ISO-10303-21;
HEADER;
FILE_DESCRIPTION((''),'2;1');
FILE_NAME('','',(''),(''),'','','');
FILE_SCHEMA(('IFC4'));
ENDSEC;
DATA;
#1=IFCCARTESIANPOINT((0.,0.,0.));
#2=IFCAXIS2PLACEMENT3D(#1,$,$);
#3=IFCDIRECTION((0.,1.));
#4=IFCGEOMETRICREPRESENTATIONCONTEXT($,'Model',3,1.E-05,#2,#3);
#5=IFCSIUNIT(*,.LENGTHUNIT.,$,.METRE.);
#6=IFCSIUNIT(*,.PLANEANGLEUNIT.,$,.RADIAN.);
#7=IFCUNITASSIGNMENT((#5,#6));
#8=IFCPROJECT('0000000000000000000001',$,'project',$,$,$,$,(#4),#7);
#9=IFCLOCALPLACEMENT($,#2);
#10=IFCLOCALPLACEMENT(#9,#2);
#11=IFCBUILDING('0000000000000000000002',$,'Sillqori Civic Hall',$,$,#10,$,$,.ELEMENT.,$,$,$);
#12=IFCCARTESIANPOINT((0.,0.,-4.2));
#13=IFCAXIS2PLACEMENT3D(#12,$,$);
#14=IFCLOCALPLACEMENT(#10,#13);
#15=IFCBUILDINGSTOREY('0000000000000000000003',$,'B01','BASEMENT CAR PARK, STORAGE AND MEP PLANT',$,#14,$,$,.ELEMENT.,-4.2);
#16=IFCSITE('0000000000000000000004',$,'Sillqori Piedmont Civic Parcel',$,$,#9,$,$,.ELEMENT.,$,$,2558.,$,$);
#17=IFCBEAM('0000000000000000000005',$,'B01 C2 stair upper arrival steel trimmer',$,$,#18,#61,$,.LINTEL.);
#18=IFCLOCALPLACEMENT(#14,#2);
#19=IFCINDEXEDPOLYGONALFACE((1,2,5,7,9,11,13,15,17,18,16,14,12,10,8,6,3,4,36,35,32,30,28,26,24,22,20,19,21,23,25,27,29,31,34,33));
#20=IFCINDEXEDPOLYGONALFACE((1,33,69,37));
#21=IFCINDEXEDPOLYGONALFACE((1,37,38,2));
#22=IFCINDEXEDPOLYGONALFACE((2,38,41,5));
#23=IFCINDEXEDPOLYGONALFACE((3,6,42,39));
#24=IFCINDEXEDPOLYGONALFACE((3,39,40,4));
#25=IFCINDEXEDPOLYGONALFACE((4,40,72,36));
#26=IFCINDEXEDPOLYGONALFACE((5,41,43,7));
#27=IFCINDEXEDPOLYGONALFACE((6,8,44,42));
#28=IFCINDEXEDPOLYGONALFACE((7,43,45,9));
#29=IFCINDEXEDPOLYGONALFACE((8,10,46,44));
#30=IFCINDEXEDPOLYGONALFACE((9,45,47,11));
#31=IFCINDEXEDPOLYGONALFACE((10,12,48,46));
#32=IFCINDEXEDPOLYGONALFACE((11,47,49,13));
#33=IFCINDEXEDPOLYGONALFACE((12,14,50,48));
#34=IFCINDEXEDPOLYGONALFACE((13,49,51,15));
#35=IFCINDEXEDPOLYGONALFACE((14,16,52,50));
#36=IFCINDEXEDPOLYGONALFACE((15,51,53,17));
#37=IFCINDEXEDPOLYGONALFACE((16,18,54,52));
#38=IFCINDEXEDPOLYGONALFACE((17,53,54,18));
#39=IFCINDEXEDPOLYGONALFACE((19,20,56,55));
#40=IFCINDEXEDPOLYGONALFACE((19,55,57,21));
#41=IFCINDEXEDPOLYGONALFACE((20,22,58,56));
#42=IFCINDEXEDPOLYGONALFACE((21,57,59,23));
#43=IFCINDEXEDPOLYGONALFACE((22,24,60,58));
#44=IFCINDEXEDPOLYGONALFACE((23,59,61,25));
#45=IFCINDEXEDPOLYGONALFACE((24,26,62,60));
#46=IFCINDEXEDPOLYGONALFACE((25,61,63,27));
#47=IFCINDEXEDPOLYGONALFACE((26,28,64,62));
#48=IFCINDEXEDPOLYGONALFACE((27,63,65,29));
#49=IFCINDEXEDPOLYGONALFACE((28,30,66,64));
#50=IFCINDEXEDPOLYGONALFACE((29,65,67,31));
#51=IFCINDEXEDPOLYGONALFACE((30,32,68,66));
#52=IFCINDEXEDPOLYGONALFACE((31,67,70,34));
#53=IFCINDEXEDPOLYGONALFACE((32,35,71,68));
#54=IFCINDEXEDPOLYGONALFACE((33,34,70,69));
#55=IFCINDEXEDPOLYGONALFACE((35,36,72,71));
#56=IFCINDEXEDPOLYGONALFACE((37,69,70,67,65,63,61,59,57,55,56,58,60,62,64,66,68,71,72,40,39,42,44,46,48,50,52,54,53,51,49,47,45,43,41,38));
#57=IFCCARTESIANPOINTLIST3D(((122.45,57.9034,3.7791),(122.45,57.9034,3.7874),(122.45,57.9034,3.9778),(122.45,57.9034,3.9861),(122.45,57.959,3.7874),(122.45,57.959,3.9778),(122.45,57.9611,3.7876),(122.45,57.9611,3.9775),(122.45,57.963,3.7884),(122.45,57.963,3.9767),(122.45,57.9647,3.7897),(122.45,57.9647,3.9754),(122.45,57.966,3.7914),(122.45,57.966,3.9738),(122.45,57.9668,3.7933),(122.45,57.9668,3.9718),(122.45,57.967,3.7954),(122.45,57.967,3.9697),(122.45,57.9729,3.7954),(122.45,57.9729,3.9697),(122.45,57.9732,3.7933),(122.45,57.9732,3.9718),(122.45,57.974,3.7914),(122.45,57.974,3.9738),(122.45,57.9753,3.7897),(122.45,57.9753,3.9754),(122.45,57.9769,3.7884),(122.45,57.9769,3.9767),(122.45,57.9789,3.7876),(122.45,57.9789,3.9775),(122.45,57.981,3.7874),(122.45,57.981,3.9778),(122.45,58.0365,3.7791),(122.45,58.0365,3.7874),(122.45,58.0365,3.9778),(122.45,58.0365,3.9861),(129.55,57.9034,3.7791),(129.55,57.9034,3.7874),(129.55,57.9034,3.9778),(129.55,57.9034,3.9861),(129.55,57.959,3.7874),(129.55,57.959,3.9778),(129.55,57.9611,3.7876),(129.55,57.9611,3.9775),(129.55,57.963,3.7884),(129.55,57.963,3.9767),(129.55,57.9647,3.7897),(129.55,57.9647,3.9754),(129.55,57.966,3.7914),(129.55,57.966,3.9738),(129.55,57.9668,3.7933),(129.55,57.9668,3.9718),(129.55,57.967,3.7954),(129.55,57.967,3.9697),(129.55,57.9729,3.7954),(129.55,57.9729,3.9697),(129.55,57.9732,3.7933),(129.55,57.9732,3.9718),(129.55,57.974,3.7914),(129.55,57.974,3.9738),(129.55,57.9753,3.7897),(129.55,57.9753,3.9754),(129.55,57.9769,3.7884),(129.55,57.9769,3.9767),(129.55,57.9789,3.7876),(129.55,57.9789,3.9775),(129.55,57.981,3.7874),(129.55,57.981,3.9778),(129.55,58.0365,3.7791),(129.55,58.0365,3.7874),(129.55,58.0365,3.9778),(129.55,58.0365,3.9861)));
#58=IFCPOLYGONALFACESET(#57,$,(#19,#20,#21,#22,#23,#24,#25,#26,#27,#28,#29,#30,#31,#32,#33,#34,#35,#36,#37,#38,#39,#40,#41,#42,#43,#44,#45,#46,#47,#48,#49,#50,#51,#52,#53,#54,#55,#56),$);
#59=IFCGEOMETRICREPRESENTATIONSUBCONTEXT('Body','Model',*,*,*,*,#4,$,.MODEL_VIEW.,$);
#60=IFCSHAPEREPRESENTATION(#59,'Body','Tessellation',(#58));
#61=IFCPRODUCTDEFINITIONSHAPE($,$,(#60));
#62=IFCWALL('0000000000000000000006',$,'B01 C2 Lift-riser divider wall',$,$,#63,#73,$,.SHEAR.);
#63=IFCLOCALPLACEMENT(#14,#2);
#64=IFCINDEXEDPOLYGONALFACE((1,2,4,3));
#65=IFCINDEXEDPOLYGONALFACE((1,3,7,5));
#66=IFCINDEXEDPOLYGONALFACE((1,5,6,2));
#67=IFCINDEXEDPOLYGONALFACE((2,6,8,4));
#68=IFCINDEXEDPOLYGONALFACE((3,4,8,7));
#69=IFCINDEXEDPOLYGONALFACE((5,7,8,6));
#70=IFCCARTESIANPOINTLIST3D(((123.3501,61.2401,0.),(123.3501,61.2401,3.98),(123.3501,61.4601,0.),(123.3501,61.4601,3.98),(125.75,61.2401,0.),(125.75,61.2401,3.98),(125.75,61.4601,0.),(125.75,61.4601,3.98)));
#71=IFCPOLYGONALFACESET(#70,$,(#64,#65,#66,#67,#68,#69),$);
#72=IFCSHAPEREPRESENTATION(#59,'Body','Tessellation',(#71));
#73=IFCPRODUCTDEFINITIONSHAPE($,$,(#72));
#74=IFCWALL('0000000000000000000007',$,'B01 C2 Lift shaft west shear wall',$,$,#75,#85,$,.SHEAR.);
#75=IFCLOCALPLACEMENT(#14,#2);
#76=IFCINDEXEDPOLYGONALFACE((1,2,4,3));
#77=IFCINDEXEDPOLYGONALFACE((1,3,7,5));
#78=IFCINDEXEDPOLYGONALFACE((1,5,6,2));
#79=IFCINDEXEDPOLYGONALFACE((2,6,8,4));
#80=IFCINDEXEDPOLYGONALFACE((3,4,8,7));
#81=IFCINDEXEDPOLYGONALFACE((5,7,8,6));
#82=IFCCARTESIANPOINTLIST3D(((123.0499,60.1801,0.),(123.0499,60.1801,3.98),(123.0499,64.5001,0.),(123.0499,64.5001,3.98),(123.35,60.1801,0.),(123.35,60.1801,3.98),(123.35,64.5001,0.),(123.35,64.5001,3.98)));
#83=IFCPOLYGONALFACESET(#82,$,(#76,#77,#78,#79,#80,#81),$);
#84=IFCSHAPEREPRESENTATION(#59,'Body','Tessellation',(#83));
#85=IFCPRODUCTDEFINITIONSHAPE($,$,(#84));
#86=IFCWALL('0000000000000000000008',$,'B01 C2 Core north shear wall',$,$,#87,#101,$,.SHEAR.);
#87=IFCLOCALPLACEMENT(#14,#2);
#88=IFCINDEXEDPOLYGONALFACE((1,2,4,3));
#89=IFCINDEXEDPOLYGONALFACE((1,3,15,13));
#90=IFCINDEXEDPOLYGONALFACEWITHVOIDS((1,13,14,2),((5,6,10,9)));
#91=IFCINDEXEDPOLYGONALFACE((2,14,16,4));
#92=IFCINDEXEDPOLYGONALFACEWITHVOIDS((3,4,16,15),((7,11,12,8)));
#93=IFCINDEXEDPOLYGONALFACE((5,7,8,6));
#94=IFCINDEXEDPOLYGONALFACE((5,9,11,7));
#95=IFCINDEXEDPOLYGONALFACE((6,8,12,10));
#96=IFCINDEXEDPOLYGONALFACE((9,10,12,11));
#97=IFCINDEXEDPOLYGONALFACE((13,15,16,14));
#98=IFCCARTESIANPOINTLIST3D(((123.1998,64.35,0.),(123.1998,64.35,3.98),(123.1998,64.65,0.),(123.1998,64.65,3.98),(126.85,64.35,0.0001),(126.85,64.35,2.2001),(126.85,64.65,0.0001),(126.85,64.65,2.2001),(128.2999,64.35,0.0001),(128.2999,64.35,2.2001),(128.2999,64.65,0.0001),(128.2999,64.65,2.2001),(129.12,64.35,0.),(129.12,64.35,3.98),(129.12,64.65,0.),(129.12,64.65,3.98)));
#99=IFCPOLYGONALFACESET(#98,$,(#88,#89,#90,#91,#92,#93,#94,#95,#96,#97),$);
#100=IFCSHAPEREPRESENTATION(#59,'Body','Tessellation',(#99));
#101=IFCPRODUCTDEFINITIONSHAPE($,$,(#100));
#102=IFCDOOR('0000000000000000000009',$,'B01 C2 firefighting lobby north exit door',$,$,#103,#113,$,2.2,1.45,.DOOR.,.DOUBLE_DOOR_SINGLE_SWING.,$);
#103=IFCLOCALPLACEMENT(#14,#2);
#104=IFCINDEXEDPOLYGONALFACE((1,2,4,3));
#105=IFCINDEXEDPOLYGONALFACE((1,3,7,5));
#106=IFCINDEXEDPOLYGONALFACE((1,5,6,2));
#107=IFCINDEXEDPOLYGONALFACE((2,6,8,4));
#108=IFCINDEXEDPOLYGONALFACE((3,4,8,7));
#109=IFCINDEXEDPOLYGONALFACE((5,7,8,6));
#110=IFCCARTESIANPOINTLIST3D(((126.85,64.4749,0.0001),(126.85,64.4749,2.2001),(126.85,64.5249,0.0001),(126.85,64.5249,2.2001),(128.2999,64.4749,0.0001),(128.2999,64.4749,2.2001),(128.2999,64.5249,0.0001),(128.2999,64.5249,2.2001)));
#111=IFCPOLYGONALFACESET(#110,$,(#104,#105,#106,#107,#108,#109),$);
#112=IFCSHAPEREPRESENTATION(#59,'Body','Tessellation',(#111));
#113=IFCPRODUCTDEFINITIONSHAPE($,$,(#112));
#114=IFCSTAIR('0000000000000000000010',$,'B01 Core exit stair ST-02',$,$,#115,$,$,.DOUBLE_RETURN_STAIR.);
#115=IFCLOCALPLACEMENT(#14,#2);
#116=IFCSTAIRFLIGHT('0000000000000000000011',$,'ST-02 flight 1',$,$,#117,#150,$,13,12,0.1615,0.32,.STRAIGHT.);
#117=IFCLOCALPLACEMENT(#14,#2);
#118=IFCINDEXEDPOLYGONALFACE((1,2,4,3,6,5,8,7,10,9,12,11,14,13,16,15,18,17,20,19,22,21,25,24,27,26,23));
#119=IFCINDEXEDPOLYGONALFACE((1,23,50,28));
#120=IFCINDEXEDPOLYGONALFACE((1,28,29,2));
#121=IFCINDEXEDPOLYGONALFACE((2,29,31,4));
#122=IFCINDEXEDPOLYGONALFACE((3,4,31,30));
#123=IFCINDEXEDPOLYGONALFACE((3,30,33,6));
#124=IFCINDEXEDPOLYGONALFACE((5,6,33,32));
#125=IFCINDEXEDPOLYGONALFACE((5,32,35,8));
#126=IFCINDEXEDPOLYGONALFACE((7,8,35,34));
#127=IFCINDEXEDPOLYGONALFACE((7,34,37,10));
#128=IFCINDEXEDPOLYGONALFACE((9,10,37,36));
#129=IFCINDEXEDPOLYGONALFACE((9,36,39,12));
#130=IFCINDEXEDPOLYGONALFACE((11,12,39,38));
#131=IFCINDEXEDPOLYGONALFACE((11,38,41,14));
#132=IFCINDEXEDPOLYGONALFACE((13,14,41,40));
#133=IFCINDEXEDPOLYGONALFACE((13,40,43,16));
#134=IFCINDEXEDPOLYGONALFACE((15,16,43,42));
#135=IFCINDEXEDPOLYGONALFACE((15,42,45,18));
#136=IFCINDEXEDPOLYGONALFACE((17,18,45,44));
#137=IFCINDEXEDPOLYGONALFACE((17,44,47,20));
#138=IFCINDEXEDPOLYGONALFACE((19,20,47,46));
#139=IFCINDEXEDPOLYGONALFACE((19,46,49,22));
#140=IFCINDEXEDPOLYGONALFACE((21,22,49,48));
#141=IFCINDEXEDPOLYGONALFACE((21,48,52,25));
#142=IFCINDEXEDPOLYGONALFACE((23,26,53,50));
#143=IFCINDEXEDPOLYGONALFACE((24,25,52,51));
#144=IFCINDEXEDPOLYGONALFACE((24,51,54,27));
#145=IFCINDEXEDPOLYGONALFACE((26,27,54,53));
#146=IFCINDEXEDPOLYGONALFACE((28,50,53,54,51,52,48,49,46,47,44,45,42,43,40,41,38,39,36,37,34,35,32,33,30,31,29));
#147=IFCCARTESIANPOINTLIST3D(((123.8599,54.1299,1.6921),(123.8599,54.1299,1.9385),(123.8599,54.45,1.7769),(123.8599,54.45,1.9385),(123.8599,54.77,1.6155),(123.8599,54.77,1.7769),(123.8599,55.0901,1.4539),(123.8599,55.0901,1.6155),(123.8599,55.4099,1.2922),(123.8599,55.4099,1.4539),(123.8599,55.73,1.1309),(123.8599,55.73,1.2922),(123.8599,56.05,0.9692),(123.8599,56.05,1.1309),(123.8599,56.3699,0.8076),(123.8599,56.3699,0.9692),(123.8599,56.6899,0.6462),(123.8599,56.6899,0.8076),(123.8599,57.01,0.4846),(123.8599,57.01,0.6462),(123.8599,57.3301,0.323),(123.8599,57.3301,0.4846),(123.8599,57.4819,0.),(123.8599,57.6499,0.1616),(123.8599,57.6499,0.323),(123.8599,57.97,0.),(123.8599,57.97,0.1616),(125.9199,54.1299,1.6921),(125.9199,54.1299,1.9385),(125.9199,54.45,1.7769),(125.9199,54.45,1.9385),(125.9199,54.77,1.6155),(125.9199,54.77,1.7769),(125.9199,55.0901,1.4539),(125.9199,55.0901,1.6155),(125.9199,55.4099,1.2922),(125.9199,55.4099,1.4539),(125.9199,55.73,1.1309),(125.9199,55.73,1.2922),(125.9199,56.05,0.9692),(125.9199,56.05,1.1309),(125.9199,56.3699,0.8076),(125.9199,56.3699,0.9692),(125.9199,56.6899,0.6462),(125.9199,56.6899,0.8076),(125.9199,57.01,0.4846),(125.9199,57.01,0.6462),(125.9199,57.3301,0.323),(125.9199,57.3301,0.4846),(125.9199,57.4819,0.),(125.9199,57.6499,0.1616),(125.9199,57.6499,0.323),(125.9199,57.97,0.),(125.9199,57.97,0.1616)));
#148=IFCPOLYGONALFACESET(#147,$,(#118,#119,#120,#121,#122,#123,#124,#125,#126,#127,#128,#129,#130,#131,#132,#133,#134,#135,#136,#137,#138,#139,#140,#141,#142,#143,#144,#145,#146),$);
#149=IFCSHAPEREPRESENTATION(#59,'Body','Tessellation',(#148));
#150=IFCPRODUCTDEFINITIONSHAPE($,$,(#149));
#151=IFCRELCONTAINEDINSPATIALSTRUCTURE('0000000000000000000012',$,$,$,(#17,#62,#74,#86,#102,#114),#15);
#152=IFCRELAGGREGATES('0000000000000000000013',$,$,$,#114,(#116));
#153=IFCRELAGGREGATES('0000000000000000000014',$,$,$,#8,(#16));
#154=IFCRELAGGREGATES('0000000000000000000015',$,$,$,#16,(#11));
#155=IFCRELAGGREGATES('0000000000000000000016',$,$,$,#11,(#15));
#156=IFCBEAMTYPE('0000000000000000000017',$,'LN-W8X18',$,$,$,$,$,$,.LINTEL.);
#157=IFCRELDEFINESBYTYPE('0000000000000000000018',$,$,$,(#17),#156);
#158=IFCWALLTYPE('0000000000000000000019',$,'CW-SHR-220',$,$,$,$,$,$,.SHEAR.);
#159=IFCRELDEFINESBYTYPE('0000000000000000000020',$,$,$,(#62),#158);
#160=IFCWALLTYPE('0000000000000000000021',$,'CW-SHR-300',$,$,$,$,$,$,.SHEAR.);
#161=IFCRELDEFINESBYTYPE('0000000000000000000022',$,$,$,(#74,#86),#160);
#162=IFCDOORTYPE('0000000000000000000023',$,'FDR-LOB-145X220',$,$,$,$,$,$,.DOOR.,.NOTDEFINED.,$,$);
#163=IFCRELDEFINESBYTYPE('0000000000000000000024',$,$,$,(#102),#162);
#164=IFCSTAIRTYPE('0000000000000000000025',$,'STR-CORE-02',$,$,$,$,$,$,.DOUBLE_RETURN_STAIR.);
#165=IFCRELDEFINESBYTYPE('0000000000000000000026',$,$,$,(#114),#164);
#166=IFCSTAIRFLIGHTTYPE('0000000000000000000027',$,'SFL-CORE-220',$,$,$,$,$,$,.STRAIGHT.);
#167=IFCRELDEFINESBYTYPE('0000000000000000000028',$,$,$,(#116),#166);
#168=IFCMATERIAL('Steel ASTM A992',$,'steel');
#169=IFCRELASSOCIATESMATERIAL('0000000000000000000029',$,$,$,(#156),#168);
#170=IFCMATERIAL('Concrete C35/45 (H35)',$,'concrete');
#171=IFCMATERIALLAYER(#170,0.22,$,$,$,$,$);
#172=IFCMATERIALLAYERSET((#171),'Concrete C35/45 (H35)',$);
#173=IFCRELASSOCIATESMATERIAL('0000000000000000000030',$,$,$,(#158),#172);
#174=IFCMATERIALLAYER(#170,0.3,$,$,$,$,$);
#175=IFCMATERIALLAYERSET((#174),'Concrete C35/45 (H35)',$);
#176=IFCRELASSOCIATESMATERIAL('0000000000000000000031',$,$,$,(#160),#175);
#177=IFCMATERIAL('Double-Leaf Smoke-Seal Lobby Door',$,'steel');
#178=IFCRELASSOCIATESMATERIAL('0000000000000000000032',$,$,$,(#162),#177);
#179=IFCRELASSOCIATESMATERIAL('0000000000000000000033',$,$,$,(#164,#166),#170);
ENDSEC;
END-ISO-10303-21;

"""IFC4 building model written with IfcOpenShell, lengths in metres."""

from ifc_helpers import new_model, si_unit, direction, frame, frame_2d, origin, origin_2d, place, context, subcontext, project, spatial, polyline, rectangle, i_section, outline, extrude, material, layer, layer_set, material_profile, profile_set, type_object, element, fill, aggregate, save


model = new_model("IFC4")

# Units and contexts
model_context = context("Model", 3, precision=1e-05, world=origin(), true_north=direction((0.0, 1.0)))
body_context = subcontext(model_context, "Body", "Model", "MODEL_VIEW")
ifc_project = project(units=[si_unit("LENGTHUNIT", "METRE"), si_unit("PLANEANGLEUNIT", "RADIAN")], contexts=[model_context])

# Site, building, storey
site_placement = place(None, origin())
site = spatial("IfcSite", under=ifc_project, at=site_placement, Name="Sillqori Piedmont Civic Parcel", CompositionType="ELEMENT", RefElevation=2558.0)
building_placement = place(site_placement, origin())
building = spatial("IfcBuilding", under=site, at=building_placement, Name="Sillqori Civic Hall", CompositionType="ELEMENT")
storey_placement = place(building_placement, frame((0.0, 0.0, -4.2)))
storey = spatial("IfcBuildingStorey", under=building, at=storey_placement, Name="B01", Description="BASEMENT CAR PARK, STORAGE AND MEP PLANT", CompositionType="ELEMENT", Elevation=-4.2)

# Shared definitions
ifc_material_1 = material(Name="Concrete C35/45 (H35)", Category="concrete")

# Beam
ifc_material_2 = material(Name="Steel ASTM A992", Category="steel")
ifc_material_profile_1 = material_profile(ifc_material_2, i_section(OverallWidth=0.1331, OverallDepth=0.207, WebThickness=0.0059, FlangeThickness=0.0083, FilletRadius=0.0081, at=origin_2d()), Name="W8X18")
ifc_profile_set_1 = profile_set([ifc_material_profile_1], Name="Steel ASTM A992")
beam_type_1 = type_object("IfcBeamType", Name="LN-W8X18", PredefinedType="LINTEL", material=ifc_profile_set_1)
beam_1_placement = place(storey_placement, frame((122.45, 57.97, 3.8826), z_axis=(1.0, 0.0, 0.0), x_axis=(0.0, 1.0, 0.0)))
element("IfcBeam", 1, at=beam_1_placement, inside=storey, type_object=beam_type_1, Name="B01 C2 stair upper arrival steel trimmer", PredefinedType="LINTEL", context=body_context, shape_type="SweptSolid", body=[
    extrude(i_section(OverallWidth=0.1331, OverallDepth=0.207, WebThickness=0.0059, FlangeThickness=0.0083, FilletRadius=0.0081, at=origin_2d()), origin(), (0.0, 0.0, 1.0), 7.1001),
])

# Wall
ifc_layer_1 = layer(ifc_material_1, 0.22)
ifc_layer_set_1 = layer_set([ifc_layer_1], Name="Concrete C35/45 (H35)")
wall_type_1 = type_object("IfcWallType", Name="CW-SHR-220", PredefinedType="SHEAR", material=ifc_layer_set_1)
wall_1_placement = place(storey_placement, frame((123.3501, 61.3501, 0.0), z_axis=(0.0, 0.0, 1.0), x_axis=(1.0, 0.0, 0.0)))
element("IfcWall", 2, at=wall_1_placement, inside=storey, type_object=wall_type_1, Name="B01 C2 Lift-riser divider wall", PredefinedType="SHEAR", context=body_context, shape_type="SweptSolid", body=[
    extrude(rectangle(XDim=2.3999, YDim=0.22, at=frame_2d((1.2, 0.0))), origin(), (0.0, 0.0, 1.0), 3.98),
])

# Wall
ifc_layer_2 = layer(ifc_material_1, 0.3)
ifc_layer_set_2 = layer_set([ifc_layer_2], Name="Concrete C35/45 (H35)")
wall_type_2 = type_object("IfcWallType", Name="CW-SHR-300", PredefinedType="SHEAR", material=ifc_layer_set_2)
wall_2_placement = place(storey_placement, frame((123.2, 60.1799, 0.0), z_axis=(0.0, 0.0, 1.0), x_axis=(0.0, 1.0, 0.0)))
element("IfcWall", 3, at=wall_2_placement, inside=storey, type_object=wall_type_2, Name="B01 C2 Lift shaft west shear wall", PredefinedType="SHEAR", context=body_context, shape_type="SweptSolid", body=[
    extrude(rectangle(XDim=4.3201, YDim=0.3, at=frame_2d((2.1602, 0.0))), origin(), (0.0, 0.0, 1.0), 3.98),
])

# Wall, opening, door
wall_3_placement = place(storey_placement, frame((123.2, 64.5, 0.0), z_axis=(0.0, 0.0, 1.0), x_axis=(1.0, 0.0, 0.0)))
wall_3 = element("IfcWall", 4, at=wall_3_placement, inside=storey, type_object=wall_type_2, Name="B01 C2 Core north shear wall", PredefinedType="SHEAR", context=body_context, shape_type="SweptSolid", body=[
    extrude(rectangle(XDim=5.9202, YDim=0.3, at=frame_2d((2.96, 0.0))), origin(), (0.0, 0.0, 1.0), 3.98),
])
opening_1_placement = place(wall_3_placement, frame((3.6499, 0.0, 0.0)))
opening_1 = element("IfcOpeningElement", 5, at=opening_1_placement, cuts=wall_3, PredefinedType="OPENING", context=body_context, shape_type="SweptSolid", body=[
    extrude(rectangle(XDim=1.45, YDim=2.2, at=frame_2d((0.7251, 1.1001))), frame((0.0, 0.1599, 0.0), z_axis=(0.0, -1.0, 0.0), x_axis=(1.0, 0.0, 0.0)), (0.0, 0.0, 1.0), 0.3201),
])
ifc_material_3 = material(Name="Double-Leaf Smoke-Seal Lobby Door", Category="steel")
door_type_1 = type_object("IfcDoorType", Name="FDR-LOB-145X220", OperationType="NOTDEFINED", PredefinedType="DOOR", material=ifc_material_3)
door_1_placement = place(opening_1_placement, origin())
door_1 = element("IfcDoor", 6, at=door_1_placement, inside=storey, type_object=door_type_1, Name="B01 C2 firefighting lobby north exit door", OperationType="DOUBLE_DOOR_SINGLE_SWING", OverallHeight=2.2, OverallWidth=1.45, PredefinedType="DOOR", context=body_context, shape_type="SweptSolid", body=[
    extrude(rectangle(XDim=1.45, YDim=2.2, at=frame_2d((0.7251, 1.1001))), frame((0.0, 0.0249, 0.0), z_axis=(0.0, -1.0, 0.0), x_axis=(1.0, 0.0, 0.0)), (0.0, 0.0, 1.0), 0.05),
])
fill(opening_1, door_1)

# Stair, stair flight
stair_type = type_object("IfcStairType", Name="STR-CORE-02", PredefinedType="DOUBLE_RETURN_STAIR", material=ifc_material_1)
stair_placement = place(storey_placement, origin())
stair = element("IfcStair", 7, at=stair_placement, inside=storey, type_object=stair_type, Name="B01 Core exit stair ST-02", PredefinedType="DOUBLE_RETURN_STAIR")
stair_flight_type = type_object("IfcStairFlightType", Name="SFL-CORE-220", PredefinedType="STRAIGHT", material=ifc_material_1)
stair_flight_placement = place(storey_placement, frame((124.8899, 57.97, 0.0), z_axis=(0.0, 0.0, 1.0), x_axis=(0.0, -1.0, 0.0)))
stair_flight = element("IfcStairFlight", 8, at=stair_flight_placement, type_object=stair_flight_type, Name="ST-02 flight 1", NumberOfRisers=13, NumberOfTreads=12, PredefinedType="STRAIGHT", RiserHeight=0.1615, TreadLength=0.32, context=body_context, shape_type="SweptSolid", body=[
    extrude(outline(polyline([(0.0, 0.0), (0.0, 0.1616), (0.3201, 0.1616), (0.3201, 0.323), (0.6399, 0.323), (0.6399, 0.4846), (0.96, 0.4846), (0.96, 0.6462), (1.28, 0.6462), (1.28, 0.8076), (1.6001, 0.8076), (1.6001, 0.9692), (1.9199, 0.9692), (1.9199, 1.1309), (2.24, 1.1309), (2.24, 1.2922), (2.5601, 1.2922), (2.5601, 1.4539), (2.8799, 1.4539), (2.8799, 1.6155), (3.2, 1.6155), (3.2, 1.7769), (3.52, 1.7769), (3.52, 1.9385), (3.8401, 1.9385), (3.8401, 2.1001), (3.8401, 1.6921), (0.488, 0.0), (0.0, 0.0)])), frame((0.0, 1.03, 0.0), z_axis=(0.0, -1.0, 0.0), x_axis=(1.0, 0.0, 0.0)), (0.0, 0.0, 1.0), 2.0601),
])
aggregate(stair, [stair_flight])

save(model, "model.ifc")
